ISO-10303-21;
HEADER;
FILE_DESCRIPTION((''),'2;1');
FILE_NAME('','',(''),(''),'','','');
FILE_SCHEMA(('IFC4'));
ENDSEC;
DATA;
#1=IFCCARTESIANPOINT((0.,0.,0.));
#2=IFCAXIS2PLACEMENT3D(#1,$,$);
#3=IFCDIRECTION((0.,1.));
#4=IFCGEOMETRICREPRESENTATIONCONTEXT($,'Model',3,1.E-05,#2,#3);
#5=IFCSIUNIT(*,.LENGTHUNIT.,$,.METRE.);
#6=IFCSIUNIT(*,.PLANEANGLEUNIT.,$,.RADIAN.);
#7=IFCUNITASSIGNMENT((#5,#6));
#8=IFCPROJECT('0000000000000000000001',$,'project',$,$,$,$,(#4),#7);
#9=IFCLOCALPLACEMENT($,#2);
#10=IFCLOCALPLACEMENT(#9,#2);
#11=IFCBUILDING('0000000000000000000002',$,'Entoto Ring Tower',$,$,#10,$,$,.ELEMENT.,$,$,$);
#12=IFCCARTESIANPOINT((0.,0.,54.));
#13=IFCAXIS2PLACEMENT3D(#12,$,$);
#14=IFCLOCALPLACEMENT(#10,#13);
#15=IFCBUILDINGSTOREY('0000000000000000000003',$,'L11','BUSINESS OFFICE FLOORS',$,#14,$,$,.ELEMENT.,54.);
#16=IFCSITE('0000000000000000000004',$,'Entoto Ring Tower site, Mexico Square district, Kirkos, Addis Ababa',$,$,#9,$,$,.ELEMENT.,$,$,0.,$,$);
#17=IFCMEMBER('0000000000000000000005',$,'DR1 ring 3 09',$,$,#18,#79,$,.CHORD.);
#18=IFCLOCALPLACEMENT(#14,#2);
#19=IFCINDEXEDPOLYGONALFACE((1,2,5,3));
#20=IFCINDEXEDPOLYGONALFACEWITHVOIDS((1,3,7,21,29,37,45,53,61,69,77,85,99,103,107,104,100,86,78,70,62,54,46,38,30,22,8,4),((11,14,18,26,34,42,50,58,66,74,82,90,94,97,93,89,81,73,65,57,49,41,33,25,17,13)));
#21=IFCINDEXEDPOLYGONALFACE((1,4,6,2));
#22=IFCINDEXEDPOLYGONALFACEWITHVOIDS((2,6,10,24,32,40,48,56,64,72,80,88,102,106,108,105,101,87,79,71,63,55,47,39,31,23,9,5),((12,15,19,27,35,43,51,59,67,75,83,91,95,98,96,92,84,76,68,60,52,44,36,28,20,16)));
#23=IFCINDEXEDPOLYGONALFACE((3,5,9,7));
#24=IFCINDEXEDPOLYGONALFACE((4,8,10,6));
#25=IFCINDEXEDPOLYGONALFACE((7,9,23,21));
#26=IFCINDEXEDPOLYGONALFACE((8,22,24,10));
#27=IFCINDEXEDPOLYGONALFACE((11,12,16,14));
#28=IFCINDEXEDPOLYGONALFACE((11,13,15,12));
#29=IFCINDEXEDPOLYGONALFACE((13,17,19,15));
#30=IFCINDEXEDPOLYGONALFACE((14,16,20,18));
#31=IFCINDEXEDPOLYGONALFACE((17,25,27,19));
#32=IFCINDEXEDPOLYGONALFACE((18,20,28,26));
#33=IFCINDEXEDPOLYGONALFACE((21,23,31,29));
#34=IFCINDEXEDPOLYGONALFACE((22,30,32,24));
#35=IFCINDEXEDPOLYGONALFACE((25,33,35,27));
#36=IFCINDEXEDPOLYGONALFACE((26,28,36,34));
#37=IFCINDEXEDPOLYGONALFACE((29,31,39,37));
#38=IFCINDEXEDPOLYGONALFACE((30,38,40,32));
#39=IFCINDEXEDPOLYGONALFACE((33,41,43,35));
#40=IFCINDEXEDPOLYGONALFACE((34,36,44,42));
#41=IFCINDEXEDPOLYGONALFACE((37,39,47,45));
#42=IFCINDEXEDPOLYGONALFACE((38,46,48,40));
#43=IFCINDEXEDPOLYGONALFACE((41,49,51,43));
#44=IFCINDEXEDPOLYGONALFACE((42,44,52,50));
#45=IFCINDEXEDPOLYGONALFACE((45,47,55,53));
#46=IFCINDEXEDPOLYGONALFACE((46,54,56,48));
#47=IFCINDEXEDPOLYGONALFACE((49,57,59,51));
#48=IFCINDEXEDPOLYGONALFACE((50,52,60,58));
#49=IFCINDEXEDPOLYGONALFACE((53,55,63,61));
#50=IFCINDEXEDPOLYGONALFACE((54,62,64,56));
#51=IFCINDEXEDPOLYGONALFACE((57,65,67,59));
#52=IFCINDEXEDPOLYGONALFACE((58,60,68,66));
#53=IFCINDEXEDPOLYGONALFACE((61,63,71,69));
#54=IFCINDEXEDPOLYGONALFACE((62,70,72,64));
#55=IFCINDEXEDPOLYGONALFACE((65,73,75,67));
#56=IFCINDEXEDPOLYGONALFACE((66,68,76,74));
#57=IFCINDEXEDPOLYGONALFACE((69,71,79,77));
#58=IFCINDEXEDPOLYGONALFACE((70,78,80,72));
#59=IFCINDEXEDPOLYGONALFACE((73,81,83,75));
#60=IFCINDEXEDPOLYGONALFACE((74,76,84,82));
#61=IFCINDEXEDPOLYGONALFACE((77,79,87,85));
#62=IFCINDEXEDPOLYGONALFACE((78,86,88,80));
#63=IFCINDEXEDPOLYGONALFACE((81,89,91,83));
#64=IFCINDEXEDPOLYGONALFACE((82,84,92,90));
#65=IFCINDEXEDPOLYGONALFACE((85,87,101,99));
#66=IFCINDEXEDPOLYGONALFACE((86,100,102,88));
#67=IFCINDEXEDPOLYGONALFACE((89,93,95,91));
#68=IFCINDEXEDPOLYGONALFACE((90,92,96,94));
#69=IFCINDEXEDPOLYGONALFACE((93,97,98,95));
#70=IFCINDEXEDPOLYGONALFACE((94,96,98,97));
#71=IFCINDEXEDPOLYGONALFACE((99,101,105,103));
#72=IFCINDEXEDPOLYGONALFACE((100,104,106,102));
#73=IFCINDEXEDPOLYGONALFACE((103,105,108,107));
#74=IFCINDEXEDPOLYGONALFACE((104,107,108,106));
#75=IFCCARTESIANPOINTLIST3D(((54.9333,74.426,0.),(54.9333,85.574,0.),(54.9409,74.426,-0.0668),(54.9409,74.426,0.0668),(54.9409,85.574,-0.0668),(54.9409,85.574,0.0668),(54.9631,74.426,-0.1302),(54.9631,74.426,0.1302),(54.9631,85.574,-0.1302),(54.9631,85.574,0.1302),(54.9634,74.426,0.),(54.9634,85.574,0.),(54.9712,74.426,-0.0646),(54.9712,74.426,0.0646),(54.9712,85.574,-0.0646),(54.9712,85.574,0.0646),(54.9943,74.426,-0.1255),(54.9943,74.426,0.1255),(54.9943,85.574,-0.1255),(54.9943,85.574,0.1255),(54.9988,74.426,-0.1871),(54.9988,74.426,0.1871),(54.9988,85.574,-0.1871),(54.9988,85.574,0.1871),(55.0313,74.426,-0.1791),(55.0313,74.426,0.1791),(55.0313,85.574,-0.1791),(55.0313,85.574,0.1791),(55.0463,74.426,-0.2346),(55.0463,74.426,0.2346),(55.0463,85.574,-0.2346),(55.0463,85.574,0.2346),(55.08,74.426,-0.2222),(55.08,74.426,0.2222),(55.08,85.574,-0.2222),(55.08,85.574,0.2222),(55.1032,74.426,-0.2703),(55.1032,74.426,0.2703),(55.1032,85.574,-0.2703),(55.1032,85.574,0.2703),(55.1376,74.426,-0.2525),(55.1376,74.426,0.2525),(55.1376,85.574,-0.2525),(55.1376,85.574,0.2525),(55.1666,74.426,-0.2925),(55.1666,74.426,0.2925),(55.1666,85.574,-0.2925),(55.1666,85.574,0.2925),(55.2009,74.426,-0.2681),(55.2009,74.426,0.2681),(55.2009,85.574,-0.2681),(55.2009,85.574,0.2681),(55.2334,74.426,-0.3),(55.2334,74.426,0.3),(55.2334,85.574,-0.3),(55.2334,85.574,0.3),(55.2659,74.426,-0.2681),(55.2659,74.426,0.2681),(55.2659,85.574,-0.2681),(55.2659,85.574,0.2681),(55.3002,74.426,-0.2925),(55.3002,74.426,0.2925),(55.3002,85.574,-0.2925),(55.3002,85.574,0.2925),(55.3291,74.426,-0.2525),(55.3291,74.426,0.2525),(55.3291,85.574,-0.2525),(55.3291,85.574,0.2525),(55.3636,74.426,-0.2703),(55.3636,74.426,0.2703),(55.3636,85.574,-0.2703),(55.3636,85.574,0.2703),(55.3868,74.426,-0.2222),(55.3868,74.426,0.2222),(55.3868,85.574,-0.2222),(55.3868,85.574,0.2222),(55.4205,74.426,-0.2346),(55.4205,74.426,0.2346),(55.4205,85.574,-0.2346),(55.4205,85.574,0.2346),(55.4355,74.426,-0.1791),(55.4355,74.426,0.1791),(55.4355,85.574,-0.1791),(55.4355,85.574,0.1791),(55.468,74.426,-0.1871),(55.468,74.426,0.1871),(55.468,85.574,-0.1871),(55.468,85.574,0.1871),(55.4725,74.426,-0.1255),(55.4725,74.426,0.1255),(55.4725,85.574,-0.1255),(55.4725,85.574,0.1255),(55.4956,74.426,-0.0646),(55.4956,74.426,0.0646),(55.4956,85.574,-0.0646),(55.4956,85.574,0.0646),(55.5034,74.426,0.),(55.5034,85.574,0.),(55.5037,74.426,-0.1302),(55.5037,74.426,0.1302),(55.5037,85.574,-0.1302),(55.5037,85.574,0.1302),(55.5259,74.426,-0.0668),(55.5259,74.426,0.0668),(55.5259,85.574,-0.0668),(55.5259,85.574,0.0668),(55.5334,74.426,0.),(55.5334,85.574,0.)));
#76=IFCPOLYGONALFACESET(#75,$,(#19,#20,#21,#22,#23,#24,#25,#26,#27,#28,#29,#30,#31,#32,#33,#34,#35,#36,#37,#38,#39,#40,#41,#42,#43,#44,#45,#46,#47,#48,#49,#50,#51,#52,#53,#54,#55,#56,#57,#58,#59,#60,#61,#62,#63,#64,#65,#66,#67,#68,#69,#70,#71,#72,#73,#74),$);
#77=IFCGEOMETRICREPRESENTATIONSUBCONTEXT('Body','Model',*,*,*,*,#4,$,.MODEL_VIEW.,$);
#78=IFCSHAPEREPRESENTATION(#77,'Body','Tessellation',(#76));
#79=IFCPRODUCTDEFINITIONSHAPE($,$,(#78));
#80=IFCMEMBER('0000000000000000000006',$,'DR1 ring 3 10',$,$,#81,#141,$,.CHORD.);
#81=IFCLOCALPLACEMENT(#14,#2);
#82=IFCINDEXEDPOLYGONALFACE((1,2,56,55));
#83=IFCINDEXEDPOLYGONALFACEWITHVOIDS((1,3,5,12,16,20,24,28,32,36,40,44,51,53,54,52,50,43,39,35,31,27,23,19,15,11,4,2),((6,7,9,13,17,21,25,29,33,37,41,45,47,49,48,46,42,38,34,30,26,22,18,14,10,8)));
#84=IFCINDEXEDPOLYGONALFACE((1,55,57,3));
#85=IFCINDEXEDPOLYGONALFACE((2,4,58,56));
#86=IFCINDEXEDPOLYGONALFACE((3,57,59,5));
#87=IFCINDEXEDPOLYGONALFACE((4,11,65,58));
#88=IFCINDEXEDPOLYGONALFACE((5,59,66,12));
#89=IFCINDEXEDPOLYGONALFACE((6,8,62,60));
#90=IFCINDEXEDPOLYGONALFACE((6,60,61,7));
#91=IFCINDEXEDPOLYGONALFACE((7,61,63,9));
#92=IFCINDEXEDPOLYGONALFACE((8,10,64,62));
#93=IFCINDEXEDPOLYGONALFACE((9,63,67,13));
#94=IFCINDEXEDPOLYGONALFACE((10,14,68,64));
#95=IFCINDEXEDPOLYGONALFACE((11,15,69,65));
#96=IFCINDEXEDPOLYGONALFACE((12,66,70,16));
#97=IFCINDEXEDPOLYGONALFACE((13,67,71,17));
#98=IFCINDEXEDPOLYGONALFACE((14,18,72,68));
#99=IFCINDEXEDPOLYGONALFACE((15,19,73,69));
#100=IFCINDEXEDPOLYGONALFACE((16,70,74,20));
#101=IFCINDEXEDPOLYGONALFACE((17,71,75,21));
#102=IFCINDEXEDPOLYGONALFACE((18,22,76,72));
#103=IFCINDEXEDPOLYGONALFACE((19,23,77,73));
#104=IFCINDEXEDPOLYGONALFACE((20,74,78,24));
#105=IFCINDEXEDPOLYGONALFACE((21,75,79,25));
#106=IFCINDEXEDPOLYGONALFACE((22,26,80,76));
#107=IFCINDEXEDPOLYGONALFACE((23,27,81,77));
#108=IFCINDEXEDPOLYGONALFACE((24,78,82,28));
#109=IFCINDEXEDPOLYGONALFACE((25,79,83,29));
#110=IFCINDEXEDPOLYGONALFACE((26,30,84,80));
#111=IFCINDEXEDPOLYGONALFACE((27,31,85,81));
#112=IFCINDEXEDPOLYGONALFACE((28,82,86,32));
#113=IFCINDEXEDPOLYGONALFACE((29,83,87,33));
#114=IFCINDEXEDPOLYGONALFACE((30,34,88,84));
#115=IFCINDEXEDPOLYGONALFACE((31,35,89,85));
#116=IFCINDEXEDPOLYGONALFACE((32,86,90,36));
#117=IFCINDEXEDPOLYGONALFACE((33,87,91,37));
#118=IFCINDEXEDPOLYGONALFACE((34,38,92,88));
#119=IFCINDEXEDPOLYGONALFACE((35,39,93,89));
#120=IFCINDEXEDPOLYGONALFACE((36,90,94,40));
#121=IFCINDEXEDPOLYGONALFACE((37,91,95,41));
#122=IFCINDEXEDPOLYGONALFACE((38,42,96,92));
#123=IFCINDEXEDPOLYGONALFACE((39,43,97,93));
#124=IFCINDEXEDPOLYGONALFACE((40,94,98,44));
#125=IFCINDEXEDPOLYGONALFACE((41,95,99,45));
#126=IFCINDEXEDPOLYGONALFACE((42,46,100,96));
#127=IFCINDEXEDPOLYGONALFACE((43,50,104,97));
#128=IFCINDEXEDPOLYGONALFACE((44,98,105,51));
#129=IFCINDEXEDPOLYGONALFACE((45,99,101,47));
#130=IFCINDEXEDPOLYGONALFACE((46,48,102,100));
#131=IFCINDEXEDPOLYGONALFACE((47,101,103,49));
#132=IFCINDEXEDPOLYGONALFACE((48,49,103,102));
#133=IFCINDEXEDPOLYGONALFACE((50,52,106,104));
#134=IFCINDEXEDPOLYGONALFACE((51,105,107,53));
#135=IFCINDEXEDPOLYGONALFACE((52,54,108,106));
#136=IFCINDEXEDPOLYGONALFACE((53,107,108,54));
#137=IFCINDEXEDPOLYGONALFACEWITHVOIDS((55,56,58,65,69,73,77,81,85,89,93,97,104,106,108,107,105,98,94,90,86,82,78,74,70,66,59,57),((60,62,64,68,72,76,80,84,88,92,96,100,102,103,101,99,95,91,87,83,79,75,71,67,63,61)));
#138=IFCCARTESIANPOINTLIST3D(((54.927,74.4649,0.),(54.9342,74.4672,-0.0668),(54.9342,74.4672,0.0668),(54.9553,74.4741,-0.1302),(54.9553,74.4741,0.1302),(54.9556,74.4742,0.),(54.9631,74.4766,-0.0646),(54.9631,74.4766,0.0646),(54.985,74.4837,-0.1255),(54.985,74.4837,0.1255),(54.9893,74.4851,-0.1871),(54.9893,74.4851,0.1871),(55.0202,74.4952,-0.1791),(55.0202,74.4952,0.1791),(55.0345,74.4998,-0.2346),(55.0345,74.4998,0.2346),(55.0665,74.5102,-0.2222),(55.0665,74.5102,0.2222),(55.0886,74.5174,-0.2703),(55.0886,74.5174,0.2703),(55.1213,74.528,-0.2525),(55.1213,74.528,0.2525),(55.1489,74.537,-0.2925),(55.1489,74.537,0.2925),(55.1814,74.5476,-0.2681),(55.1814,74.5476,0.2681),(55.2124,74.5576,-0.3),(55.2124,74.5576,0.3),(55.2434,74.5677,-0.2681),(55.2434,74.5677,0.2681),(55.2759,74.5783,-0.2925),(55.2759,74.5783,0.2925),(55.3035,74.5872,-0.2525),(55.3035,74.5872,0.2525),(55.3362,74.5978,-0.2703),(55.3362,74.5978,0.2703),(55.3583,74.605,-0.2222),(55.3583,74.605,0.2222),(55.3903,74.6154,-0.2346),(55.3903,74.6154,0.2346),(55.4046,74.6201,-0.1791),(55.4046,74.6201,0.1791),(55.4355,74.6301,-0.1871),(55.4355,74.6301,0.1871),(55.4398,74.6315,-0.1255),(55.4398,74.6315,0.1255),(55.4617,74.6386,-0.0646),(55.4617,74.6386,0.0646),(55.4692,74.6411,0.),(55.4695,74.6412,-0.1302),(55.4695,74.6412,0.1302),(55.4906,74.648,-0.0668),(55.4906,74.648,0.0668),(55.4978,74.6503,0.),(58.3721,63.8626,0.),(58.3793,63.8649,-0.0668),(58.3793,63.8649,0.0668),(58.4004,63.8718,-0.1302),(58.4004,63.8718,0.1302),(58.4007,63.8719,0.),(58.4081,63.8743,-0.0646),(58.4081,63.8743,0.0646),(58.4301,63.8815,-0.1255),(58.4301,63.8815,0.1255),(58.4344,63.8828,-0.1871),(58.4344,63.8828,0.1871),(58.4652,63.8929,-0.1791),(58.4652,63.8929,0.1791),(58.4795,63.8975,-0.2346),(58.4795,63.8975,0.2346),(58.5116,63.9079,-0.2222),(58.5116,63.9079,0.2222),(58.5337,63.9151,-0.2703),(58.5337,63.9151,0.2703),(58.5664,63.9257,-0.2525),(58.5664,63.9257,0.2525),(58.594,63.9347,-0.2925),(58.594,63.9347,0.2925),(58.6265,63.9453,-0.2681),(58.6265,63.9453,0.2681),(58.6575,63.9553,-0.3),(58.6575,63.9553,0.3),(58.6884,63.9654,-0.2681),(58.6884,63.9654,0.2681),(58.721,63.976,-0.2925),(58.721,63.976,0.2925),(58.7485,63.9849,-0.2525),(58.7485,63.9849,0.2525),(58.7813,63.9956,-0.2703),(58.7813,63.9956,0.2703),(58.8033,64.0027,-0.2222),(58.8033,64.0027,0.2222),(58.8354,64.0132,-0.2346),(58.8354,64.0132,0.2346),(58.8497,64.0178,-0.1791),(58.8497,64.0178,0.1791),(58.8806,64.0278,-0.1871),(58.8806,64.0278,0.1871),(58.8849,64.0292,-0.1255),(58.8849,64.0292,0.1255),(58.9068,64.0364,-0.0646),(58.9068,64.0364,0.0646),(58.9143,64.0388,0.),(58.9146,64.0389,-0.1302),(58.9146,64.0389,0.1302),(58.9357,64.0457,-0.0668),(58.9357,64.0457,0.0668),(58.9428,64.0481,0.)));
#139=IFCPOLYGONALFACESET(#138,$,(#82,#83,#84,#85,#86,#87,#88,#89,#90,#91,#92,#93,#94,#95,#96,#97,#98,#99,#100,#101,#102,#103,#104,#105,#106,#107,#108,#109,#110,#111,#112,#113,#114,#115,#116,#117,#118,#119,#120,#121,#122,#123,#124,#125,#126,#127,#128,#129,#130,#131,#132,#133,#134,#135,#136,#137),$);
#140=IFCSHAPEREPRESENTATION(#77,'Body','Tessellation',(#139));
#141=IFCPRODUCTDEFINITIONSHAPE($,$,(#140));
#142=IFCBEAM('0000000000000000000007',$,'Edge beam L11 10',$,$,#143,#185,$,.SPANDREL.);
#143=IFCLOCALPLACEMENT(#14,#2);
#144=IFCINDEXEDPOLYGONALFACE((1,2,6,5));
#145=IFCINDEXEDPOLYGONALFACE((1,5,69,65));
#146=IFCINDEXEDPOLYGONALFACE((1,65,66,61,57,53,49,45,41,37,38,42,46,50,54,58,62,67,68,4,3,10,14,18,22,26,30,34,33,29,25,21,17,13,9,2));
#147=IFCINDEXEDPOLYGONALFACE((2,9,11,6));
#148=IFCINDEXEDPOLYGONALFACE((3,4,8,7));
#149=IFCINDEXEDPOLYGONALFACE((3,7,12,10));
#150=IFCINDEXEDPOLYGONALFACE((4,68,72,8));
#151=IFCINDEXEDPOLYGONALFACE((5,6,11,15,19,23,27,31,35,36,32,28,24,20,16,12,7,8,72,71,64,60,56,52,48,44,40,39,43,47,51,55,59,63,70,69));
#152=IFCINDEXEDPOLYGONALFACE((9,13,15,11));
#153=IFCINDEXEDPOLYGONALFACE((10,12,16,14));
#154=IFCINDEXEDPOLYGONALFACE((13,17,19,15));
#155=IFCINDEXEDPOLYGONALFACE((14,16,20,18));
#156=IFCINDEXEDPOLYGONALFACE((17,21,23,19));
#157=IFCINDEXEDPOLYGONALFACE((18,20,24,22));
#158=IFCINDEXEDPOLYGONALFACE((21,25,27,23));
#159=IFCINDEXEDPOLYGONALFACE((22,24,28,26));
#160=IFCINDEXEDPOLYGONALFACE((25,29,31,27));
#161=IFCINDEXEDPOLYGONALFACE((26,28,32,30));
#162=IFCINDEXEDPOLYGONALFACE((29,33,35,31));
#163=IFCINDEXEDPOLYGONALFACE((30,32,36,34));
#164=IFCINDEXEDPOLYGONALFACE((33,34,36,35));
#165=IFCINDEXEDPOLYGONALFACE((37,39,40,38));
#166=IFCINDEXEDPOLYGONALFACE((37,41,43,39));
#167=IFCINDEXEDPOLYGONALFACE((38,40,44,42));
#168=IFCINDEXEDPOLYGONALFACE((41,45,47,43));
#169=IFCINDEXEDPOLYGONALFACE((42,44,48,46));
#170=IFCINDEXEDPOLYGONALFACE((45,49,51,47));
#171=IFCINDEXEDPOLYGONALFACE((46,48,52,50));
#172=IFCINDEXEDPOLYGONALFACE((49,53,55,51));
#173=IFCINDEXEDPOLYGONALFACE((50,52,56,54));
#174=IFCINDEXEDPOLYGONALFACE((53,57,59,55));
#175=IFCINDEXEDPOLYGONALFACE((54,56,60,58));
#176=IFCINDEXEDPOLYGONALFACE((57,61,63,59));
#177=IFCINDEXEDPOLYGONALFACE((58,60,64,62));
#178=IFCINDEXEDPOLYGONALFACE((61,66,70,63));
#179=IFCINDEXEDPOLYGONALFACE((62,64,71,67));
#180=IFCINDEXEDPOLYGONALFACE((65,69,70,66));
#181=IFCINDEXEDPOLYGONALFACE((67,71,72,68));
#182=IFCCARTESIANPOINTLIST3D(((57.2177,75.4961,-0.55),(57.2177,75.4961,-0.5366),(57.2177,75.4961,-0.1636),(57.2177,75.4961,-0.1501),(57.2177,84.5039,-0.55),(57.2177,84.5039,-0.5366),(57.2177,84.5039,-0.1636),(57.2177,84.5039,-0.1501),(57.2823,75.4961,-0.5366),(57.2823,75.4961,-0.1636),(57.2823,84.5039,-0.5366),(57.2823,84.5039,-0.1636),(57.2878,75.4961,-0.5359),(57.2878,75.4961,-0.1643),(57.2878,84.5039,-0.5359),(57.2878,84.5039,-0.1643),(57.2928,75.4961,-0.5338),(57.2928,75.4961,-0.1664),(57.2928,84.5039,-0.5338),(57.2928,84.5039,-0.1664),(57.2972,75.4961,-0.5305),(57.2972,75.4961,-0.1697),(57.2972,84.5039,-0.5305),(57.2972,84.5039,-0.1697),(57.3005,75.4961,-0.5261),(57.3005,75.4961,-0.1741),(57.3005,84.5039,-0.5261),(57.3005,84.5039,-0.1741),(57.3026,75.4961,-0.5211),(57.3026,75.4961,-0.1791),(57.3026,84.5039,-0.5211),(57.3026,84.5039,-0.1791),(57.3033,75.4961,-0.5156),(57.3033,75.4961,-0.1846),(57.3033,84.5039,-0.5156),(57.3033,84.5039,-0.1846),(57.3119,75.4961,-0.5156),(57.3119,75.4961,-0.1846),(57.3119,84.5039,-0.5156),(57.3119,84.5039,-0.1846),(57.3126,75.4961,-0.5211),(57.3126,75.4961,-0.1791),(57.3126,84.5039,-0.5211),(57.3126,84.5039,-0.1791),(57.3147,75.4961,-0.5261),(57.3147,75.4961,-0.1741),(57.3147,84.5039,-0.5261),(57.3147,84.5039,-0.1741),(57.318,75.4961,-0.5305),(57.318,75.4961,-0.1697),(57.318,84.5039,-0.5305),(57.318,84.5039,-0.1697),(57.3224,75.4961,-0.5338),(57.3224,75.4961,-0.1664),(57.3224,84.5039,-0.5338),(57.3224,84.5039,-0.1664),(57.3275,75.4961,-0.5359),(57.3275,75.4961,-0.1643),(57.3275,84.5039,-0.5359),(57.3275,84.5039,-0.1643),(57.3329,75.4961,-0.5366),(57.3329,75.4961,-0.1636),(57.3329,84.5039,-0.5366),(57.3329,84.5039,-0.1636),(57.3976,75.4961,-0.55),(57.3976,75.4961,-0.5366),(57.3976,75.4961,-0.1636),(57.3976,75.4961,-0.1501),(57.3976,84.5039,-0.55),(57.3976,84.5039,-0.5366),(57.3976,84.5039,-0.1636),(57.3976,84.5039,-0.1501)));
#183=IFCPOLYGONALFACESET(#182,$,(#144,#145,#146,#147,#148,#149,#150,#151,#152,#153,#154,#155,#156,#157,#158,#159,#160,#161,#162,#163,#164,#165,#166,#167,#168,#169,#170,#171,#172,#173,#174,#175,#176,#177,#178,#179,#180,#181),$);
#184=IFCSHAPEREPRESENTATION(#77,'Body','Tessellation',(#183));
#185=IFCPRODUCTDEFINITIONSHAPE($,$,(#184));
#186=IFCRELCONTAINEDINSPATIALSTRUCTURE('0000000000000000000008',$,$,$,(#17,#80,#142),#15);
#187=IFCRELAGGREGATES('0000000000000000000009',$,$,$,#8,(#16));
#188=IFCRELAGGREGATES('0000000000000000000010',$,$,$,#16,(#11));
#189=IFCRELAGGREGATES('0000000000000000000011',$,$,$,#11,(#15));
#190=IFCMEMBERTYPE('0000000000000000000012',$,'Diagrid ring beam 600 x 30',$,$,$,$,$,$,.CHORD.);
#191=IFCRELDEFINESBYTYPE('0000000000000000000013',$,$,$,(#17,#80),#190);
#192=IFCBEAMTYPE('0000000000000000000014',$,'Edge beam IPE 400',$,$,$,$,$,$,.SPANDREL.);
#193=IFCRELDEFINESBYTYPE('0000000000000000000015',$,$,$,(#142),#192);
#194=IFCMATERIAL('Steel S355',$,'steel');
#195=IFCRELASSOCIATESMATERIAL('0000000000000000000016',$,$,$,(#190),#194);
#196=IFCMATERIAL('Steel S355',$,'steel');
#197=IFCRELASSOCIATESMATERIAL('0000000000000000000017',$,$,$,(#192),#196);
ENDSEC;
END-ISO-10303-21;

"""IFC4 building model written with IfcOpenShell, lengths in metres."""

from ifc_helpers import new_model, si_unit, direction, frame, origin, origin_2d, place, context, subcontext, project, spatial, circle, hollow_circle, i_section, extrude, material, material_profile, profile_set, type_object, element, save


model = new_model("IFC4")

# Units and contexts
model_context = context("Model", 3, precision=1e-05, world=origin(), true_north=direction((0.0, 1.0)))
body_context = subcontext(model_context, "Body", "Model", "MODEL_VIEW")
ifc_project = project(units=[si_unit("LENGTHUNIT", "METRE"), si_unit("PLANEANGLEUNIT", "RADIAN")], contexts=[model_context])

# Site, building, storey
site_placement = place(None, origin())
site = spatial("IfcSite", under=ifc_project, at=site_placement, Name="Entoto Ring Tower site, Mexico Square district, Kirkos, Addis Ababa", CompositionType="ELEMENT", RefElevation=0.0)
building_placement = place(site_placement, origin())
building = spatial("IfcBuilding", under=site, at=building_placement, Name="Entoto Ring Tower", CompositionType="ELEMENT")
storey_placement = place(building_placement, frame((0.0, 0.0, 54.0)))
storey = spatial("IfcBuildingStorey", under=building, at=storey_placement, Name="L11", Description="BUSINESS OFFICE FLOORS", CompositionType="ELEMENT", Elevation=54.0)

# Members
ifc_material_1 = material(Name="Steel S355", Category="steel")
ifc_material_profile_1 = material_profile(ifc_material_1, hollow_circle(Radius=0.3, WallThickness=0.03, at=origin_2d()), Name="CHS 600 x 30")
ifc_material_2 = material(Name="Concrete C60/75", Category="concrete")
ifc_material_profile_2 = material_profile(ifc_material_2, circle(Radius=0.27, at=origin_2d()), Name="Concrete C60/75 infill")
ifc_profile_set_1 = profile_set([ifc_material_profile_1, ifc_material_profile_2], Name="Steel S355")
member_type_1 = type_object("IfcMemberType", Name="Diagrid ring beam 600 x 30", PredefinedType="CHORD", material=ifc_profile_set_1)
for number, where, z_axis, x_axis, name in (
    (1, (55.2334, 85.574, 0.0), (0.0, -1.0, 0.0), (1.0, 0.0, 0.0), "DR1 ring 3 09"),
    (2, (55.2124, 74.5576, 0.0), (0.309031, -0.951052, 0.0), (0.951052, 0.309031, 0.0), "DR1 ring 3 10"),
):
    element("IfcMember", number, at=place(storey_placement, frame(where, z_axis=z_axis, x_axis=x_axis)), inside=storey, type_object=member_type_1, Name=name, PredefinedType="CHORD", context=body_context, shape_type="SweptSolid", body=[
        extrude(hollow_circle(Radius=0.3, WallThickness=0.03, at=origin_2d()), origin(), (0.0, 0.0, 1.0), 11.1479),
    ])

# Beam
ifc_material_3 = material(Name="Steel S355", Category="steel")
ifc_material_profile_3 = material_profile(ifc_material_3, i_section(OverallWidth=0.1799, OverallDepth=0.3999, WebThickness=0.0085, FlangeThickness=0.0134, FilletRadius=0.021, at=origin_2d()), Name="IPE 400")
ifc_profile_set_2 = profile_set([ifc_material_profile_3], Name="Steel S355")
beam_type = type_object("IfcBeamType", Name="Edge beam IPE 400", PredefinedType="SPANDREL", material=ifc_profile_set_2)
for number, where, z_axis, x_axis, name in (
    (3, (57.3076, 84.5039, -0.3501), (0.0, -1.0, 0.0), (1.0, 0.0, 0.0), "Edge beam L11 10"),
):
    element("IfcBeam", number, at=place(storey_placement, frame(where, z_axis=z_axis, x_axis=x_axis)), inside=storey, type_object=beam_type, Name=name, PredefinedType="SPANDREL", context=body_context, shape_type="SweptSolid", body=[
        extrude(i_section(OverallWidth=0.1799, OverallDepth=0.3999, WebThickness=0.0085, FlangeThickness=0.0134, FilletRadius=0.021, at=origin_2d()), origin(), (0.0, 0.0, 1.0), 9.0078),
    ])

save(model, "model.ifc")
